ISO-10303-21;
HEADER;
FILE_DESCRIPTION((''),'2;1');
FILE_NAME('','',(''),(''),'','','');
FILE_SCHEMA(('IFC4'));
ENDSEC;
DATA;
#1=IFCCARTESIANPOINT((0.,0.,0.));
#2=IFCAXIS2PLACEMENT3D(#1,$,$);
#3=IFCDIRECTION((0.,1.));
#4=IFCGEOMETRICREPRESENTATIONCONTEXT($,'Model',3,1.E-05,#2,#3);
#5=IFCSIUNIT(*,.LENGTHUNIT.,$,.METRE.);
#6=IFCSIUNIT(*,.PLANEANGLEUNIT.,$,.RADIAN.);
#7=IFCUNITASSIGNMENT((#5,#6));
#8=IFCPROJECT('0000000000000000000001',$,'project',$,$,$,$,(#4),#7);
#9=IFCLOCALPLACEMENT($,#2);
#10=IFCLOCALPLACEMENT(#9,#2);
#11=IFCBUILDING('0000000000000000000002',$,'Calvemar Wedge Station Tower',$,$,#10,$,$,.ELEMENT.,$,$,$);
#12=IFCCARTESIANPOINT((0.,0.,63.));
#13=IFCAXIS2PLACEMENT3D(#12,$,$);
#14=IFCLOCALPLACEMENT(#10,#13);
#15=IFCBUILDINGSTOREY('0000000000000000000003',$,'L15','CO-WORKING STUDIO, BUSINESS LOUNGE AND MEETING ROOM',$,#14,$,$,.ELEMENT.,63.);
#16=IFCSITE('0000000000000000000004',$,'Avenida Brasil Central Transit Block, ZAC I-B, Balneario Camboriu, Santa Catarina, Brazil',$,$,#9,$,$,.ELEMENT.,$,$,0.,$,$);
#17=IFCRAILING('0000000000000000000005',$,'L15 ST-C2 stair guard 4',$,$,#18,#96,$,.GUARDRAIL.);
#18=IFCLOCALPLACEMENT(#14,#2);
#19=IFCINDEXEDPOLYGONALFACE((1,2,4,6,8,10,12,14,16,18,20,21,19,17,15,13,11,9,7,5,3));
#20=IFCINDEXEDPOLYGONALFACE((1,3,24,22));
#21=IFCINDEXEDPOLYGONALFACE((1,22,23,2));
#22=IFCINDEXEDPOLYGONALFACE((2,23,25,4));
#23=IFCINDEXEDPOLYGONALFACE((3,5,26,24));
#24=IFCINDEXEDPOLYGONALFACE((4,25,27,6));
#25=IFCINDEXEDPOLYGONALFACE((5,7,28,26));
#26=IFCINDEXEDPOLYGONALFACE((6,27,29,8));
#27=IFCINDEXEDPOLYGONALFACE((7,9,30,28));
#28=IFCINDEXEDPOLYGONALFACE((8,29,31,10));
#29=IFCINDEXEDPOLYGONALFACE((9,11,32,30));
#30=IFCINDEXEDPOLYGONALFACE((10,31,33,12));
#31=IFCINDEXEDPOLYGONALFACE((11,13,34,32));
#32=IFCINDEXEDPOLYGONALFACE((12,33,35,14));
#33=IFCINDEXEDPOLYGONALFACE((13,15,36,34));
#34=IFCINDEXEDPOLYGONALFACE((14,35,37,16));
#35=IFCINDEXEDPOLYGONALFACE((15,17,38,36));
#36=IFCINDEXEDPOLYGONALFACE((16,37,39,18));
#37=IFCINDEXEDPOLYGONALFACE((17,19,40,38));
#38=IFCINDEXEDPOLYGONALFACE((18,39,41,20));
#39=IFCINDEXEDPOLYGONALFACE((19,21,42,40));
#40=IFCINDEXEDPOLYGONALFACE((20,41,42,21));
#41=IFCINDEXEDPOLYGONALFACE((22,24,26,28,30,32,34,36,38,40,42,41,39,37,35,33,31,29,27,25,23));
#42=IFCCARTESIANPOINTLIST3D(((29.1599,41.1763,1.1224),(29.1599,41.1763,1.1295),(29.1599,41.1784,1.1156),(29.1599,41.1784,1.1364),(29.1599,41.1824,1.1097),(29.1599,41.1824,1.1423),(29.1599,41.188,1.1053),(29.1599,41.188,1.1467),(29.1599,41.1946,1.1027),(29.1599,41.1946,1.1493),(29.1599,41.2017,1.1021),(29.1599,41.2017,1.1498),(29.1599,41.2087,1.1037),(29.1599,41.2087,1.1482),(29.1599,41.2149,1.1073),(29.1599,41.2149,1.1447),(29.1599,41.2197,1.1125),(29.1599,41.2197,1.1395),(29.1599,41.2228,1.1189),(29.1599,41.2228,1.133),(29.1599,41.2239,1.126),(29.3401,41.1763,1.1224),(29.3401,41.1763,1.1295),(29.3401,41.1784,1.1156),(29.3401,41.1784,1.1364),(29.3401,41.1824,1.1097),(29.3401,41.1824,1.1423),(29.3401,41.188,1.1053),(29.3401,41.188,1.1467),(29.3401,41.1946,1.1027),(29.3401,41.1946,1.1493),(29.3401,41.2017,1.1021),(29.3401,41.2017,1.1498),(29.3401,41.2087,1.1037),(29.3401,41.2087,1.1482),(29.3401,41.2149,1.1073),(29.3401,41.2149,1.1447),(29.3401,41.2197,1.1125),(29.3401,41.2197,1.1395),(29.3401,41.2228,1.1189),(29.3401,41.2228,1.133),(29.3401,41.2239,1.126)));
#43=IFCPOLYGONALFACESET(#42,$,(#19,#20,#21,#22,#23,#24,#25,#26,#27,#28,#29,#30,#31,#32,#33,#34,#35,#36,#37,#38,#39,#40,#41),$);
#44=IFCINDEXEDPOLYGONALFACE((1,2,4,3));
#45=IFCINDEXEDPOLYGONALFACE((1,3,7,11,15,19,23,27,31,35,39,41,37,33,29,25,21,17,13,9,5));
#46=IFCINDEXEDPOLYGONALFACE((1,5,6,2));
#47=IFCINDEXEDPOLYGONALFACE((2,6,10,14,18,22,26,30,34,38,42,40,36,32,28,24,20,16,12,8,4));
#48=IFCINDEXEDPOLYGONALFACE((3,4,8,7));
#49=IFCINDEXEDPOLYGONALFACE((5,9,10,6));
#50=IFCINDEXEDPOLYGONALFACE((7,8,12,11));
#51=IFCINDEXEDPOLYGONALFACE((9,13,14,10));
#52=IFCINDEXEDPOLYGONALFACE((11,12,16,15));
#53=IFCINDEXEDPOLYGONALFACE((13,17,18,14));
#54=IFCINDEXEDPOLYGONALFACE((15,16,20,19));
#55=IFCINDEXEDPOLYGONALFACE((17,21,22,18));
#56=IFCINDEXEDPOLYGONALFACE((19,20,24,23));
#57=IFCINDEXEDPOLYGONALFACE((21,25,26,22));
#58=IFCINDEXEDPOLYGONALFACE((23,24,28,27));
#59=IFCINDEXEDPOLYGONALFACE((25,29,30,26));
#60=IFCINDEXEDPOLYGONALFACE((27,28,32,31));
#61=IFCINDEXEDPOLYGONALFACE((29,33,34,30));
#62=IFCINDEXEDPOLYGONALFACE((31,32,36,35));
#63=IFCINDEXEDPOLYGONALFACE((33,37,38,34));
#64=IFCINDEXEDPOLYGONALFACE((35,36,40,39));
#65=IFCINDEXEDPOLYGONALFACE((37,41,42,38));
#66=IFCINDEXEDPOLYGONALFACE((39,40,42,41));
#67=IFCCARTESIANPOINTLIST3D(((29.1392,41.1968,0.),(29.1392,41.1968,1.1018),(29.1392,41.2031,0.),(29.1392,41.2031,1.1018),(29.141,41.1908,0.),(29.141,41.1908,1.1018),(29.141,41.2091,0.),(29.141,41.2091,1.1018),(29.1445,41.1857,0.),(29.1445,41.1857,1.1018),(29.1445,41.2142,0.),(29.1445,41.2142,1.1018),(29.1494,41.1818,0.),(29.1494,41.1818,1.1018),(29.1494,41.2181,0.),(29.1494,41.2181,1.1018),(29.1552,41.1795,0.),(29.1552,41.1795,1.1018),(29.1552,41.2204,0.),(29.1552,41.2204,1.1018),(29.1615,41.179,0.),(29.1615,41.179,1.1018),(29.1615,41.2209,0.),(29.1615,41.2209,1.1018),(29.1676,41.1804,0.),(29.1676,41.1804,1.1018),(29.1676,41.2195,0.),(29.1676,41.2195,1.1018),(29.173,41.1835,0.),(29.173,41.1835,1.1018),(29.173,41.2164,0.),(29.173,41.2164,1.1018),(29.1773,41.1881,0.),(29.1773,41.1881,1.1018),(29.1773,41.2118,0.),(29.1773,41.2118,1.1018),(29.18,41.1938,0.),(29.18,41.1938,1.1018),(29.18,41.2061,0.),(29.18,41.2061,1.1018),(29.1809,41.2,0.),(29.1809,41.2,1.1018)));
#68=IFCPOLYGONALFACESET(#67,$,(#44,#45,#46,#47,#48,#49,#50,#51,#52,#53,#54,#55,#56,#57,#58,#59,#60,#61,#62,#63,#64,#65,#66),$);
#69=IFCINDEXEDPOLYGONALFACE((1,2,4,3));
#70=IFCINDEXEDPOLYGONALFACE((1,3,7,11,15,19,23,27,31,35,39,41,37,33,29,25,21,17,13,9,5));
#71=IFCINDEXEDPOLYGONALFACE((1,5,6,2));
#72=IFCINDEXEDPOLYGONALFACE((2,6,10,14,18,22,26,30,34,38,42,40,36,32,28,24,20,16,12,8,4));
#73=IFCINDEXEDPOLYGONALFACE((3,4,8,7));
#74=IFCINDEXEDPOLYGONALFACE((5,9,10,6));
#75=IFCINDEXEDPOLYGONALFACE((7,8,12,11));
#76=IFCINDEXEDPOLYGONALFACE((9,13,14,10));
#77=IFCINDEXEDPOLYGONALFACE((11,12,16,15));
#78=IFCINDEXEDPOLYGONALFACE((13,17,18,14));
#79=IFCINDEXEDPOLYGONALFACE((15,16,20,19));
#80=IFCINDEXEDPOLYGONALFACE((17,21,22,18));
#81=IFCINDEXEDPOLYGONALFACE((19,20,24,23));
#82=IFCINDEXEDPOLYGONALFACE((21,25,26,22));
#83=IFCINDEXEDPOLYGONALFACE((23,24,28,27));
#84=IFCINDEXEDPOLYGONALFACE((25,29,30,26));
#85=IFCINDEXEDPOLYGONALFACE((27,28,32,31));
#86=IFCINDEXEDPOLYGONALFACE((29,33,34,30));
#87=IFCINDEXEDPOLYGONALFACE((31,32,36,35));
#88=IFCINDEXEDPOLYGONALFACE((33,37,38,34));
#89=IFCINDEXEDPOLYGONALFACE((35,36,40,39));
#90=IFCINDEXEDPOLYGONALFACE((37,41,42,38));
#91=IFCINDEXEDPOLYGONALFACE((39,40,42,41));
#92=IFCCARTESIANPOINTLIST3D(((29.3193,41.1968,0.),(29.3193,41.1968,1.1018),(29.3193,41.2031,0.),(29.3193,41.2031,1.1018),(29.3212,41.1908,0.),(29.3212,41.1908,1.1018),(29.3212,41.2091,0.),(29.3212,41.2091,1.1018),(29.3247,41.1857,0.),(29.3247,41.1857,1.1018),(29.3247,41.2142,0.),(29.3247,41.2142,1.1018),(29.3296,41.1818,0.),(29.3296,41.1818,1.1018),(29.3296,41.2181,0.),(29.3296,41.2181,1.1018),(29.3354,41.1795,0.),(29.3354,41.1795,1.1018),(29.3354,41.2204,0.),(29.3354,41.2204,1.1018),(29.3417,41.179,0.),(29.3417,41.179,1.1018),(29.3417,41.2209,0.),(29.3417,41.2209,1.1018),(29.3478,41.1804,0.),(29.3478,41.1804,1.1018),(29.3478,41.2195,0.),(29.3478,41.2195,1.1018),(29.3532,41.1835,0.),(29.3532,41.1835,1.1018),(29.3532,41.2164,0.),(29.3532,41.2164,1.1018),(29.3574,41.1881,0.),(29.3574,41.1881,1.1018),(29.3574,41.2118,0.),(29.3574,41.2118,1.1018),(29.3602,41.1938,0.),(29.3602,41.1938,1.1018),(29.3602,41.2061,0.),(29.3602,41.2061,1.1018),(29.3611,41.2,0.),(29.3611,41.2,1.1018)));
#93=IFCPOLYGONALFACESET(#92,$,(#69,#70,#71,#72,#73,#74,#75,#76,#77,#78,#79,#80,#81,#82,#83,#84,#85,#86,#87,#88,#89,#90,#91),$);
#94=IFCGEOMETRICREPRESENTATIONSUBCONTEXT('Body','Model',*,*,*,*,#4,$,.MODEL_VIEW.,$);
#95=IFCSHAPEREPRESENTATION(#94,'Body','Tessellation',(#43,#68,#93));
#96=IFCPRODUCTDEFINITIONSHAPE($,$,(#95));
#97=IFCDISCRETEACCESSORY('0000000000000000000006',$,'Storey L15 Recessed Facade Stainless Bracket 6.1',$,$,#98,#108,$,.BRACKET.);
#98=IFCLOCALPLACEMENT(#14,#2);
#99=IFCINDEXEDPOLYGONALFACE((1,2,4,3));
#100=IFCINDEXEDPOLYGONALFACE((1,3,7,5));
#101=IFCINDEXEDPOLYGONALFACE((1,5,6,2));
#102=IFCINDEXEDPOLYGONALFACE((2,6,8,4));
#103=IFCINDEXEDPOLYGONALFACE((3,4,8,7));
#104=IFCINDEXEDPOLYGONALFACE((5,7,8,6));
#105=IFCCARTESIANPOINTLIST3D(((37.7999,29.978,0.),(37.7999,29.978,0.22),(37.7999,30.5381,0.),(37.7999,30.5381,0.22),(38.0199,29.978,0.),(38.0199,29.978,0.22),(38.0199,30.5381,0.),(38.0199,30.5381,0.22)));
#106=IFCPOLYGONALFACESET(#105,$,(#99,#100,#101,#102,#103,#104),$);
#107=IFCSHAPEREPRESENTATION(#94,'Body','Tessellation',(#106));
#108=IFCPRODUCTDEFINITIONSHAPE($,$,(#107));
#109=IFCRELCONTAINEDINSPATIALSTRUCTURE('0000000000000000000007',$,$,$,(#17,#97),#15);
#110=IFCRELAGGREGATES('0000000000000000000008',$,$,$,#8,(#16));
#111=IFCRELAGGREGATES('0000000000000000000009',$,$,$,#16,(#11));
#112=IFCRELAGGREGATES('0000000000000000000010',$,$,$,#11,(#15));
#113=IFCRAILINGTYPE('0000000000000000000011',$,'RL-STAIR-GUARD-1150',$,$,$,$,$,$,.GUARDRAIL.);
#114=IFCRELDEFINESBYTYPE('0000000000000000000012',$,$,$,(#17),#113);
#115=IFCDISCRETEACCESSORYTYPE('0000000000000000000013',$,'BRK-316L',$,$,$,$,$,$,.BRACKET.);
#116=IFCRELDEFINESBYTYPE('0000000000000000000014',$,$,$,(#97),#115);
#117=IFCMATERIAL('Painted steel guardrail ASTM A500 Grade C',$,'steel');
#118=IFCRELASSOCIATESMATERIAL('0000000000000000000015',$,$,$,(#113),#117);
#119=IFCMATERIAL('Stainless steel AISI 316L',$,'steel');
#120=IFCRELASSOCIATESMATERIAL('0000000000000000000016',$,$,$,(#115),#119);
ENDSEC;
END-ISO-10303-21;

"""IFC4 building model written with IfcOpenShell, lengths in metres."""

from ifc_helpers import new_model, si_unit, direction, frame, origin, origin_2d, place, context, subcontext, project, spatial, rectangle, circle, extrude, source, transform, mapped, material, type_object, element, save


model = new_model("IFC4")

# Units and contexts
model_context = context("Model", 3, precision=1e-05, world=origin(), true_north=direction((0.0, 1.0)))
body_context = subcontext(model_context, "Body", "Model", "MODEL_VIEW")
ifc_project = project(units=[si_unit("LENGTHUNIT", "METRE"), si_unit("PLANEANGLEUNIT", "RADIAN")], contexts=[model_context])

# Site, building, storey
site_placement = place(None, origin())
site = spatial("IfcSite", under=ifc_project, at=site_placement, Name="Avenida Brasil Central Transit Block, ZAC I-B, Balneario Camboriu, Santa Catarina, Brazil", CompositionType="ELEMENT", RefElevation=0.0)
building_placement = place(site_placement, origin())
building = spatial("IfcBuilding", under=site, at=building_placement, Name="Calvemar Wedge Station Tower", CompositionType="ELEMENT")
storey_placement = place(building_placement, frame((0.0, 0.0, 63.0)))
storey = spatial("IfcBuildingStorey", under=building, at=storey_placement, Name="L15", Description="CO-WORKING STUDIO, BUSINESS LOUNGE AND MEETING ROOM", CompositionType="ELEMENT", Elevation=63.0)

# Railing
ifc_material_1 = material(Name="Stainless steel AISI 316L", Category="steel")
ifc_material_2 = material(Name="Painted steel guardrail ASTM A500 Grade C", Category="steel")
railing_type_1 = type_object("IfcRailingType", Name="RL-STAIR-GUARD-1150", PredefinedType="GUARDRAIL", material=ifc_material_2)
railing_1_placement = place(storey_placement, frame((29.1599, 41.2, 0.0)))
element("IfcRailing", 1, at=railing_1_placement, inside=storey, type_object=railing_type_1, Name="L15 ST-C2 stair guard 4", PredefinedType="GUARDRAIL", context=body_context, shape_type="SweptSolid", body=[
    extrude(circle(Radius=0.0239, at=origin_2d()), frame((0.0, 0.0, 1.126), z_axis=(1.0, 0.0, 0.0), x_axis=(0.0, 1.0, 0.0)), (0.0, 0.0, 1.0), 0.1802),
    extrude(circle(Radius=0.021, at=origin_2d()), origin(), (0.0, 0.0, 1.0), 1.1018),
    extrude(circle(Radius=0.021, at=origin_2d()), frame((0.1802, 0.0, 0.0)), (0.0, 0.0, 1.0), 1.1018),
])

# Discrete accessory
discrete_accessory_type = type_object("IfcDiscreteAccessoryType", Name="BRK-316L", PredefinedType="BRACKET", material=ifc_material_1)
shared_shape_1 = source(origin(), body_context, "Body", "SweptSolid", [
    extrude(rectangle(XDim=0.22, YDim=0.5601, at=origin_2d()), origin(), (0.0, 0.0, 1.0), 0.22),
])
discrete_accessory_placement = place(storey_placement, frame((37.9099, 30.2581, 0.0), z_axis=(0.0, 0.0, 1.0), x_axis=(1.0, 0.0, 0.0)))
element("IfcDiscreteAccessory", 2, at=discrete_accessory_placement, inside=storey, type_object=discrete_accessory_type, Name="Storey L15 Recessed Facade Stainless Bracket 6.1", PredefinedType="BRACKET", context=body_context, shape_type="MappedRepresentation", body=[
    mapped(shared_shape_1, transform((0.0, 0.0, 0.0), scale=1.0)),
])

save(model, "model.ifc")
